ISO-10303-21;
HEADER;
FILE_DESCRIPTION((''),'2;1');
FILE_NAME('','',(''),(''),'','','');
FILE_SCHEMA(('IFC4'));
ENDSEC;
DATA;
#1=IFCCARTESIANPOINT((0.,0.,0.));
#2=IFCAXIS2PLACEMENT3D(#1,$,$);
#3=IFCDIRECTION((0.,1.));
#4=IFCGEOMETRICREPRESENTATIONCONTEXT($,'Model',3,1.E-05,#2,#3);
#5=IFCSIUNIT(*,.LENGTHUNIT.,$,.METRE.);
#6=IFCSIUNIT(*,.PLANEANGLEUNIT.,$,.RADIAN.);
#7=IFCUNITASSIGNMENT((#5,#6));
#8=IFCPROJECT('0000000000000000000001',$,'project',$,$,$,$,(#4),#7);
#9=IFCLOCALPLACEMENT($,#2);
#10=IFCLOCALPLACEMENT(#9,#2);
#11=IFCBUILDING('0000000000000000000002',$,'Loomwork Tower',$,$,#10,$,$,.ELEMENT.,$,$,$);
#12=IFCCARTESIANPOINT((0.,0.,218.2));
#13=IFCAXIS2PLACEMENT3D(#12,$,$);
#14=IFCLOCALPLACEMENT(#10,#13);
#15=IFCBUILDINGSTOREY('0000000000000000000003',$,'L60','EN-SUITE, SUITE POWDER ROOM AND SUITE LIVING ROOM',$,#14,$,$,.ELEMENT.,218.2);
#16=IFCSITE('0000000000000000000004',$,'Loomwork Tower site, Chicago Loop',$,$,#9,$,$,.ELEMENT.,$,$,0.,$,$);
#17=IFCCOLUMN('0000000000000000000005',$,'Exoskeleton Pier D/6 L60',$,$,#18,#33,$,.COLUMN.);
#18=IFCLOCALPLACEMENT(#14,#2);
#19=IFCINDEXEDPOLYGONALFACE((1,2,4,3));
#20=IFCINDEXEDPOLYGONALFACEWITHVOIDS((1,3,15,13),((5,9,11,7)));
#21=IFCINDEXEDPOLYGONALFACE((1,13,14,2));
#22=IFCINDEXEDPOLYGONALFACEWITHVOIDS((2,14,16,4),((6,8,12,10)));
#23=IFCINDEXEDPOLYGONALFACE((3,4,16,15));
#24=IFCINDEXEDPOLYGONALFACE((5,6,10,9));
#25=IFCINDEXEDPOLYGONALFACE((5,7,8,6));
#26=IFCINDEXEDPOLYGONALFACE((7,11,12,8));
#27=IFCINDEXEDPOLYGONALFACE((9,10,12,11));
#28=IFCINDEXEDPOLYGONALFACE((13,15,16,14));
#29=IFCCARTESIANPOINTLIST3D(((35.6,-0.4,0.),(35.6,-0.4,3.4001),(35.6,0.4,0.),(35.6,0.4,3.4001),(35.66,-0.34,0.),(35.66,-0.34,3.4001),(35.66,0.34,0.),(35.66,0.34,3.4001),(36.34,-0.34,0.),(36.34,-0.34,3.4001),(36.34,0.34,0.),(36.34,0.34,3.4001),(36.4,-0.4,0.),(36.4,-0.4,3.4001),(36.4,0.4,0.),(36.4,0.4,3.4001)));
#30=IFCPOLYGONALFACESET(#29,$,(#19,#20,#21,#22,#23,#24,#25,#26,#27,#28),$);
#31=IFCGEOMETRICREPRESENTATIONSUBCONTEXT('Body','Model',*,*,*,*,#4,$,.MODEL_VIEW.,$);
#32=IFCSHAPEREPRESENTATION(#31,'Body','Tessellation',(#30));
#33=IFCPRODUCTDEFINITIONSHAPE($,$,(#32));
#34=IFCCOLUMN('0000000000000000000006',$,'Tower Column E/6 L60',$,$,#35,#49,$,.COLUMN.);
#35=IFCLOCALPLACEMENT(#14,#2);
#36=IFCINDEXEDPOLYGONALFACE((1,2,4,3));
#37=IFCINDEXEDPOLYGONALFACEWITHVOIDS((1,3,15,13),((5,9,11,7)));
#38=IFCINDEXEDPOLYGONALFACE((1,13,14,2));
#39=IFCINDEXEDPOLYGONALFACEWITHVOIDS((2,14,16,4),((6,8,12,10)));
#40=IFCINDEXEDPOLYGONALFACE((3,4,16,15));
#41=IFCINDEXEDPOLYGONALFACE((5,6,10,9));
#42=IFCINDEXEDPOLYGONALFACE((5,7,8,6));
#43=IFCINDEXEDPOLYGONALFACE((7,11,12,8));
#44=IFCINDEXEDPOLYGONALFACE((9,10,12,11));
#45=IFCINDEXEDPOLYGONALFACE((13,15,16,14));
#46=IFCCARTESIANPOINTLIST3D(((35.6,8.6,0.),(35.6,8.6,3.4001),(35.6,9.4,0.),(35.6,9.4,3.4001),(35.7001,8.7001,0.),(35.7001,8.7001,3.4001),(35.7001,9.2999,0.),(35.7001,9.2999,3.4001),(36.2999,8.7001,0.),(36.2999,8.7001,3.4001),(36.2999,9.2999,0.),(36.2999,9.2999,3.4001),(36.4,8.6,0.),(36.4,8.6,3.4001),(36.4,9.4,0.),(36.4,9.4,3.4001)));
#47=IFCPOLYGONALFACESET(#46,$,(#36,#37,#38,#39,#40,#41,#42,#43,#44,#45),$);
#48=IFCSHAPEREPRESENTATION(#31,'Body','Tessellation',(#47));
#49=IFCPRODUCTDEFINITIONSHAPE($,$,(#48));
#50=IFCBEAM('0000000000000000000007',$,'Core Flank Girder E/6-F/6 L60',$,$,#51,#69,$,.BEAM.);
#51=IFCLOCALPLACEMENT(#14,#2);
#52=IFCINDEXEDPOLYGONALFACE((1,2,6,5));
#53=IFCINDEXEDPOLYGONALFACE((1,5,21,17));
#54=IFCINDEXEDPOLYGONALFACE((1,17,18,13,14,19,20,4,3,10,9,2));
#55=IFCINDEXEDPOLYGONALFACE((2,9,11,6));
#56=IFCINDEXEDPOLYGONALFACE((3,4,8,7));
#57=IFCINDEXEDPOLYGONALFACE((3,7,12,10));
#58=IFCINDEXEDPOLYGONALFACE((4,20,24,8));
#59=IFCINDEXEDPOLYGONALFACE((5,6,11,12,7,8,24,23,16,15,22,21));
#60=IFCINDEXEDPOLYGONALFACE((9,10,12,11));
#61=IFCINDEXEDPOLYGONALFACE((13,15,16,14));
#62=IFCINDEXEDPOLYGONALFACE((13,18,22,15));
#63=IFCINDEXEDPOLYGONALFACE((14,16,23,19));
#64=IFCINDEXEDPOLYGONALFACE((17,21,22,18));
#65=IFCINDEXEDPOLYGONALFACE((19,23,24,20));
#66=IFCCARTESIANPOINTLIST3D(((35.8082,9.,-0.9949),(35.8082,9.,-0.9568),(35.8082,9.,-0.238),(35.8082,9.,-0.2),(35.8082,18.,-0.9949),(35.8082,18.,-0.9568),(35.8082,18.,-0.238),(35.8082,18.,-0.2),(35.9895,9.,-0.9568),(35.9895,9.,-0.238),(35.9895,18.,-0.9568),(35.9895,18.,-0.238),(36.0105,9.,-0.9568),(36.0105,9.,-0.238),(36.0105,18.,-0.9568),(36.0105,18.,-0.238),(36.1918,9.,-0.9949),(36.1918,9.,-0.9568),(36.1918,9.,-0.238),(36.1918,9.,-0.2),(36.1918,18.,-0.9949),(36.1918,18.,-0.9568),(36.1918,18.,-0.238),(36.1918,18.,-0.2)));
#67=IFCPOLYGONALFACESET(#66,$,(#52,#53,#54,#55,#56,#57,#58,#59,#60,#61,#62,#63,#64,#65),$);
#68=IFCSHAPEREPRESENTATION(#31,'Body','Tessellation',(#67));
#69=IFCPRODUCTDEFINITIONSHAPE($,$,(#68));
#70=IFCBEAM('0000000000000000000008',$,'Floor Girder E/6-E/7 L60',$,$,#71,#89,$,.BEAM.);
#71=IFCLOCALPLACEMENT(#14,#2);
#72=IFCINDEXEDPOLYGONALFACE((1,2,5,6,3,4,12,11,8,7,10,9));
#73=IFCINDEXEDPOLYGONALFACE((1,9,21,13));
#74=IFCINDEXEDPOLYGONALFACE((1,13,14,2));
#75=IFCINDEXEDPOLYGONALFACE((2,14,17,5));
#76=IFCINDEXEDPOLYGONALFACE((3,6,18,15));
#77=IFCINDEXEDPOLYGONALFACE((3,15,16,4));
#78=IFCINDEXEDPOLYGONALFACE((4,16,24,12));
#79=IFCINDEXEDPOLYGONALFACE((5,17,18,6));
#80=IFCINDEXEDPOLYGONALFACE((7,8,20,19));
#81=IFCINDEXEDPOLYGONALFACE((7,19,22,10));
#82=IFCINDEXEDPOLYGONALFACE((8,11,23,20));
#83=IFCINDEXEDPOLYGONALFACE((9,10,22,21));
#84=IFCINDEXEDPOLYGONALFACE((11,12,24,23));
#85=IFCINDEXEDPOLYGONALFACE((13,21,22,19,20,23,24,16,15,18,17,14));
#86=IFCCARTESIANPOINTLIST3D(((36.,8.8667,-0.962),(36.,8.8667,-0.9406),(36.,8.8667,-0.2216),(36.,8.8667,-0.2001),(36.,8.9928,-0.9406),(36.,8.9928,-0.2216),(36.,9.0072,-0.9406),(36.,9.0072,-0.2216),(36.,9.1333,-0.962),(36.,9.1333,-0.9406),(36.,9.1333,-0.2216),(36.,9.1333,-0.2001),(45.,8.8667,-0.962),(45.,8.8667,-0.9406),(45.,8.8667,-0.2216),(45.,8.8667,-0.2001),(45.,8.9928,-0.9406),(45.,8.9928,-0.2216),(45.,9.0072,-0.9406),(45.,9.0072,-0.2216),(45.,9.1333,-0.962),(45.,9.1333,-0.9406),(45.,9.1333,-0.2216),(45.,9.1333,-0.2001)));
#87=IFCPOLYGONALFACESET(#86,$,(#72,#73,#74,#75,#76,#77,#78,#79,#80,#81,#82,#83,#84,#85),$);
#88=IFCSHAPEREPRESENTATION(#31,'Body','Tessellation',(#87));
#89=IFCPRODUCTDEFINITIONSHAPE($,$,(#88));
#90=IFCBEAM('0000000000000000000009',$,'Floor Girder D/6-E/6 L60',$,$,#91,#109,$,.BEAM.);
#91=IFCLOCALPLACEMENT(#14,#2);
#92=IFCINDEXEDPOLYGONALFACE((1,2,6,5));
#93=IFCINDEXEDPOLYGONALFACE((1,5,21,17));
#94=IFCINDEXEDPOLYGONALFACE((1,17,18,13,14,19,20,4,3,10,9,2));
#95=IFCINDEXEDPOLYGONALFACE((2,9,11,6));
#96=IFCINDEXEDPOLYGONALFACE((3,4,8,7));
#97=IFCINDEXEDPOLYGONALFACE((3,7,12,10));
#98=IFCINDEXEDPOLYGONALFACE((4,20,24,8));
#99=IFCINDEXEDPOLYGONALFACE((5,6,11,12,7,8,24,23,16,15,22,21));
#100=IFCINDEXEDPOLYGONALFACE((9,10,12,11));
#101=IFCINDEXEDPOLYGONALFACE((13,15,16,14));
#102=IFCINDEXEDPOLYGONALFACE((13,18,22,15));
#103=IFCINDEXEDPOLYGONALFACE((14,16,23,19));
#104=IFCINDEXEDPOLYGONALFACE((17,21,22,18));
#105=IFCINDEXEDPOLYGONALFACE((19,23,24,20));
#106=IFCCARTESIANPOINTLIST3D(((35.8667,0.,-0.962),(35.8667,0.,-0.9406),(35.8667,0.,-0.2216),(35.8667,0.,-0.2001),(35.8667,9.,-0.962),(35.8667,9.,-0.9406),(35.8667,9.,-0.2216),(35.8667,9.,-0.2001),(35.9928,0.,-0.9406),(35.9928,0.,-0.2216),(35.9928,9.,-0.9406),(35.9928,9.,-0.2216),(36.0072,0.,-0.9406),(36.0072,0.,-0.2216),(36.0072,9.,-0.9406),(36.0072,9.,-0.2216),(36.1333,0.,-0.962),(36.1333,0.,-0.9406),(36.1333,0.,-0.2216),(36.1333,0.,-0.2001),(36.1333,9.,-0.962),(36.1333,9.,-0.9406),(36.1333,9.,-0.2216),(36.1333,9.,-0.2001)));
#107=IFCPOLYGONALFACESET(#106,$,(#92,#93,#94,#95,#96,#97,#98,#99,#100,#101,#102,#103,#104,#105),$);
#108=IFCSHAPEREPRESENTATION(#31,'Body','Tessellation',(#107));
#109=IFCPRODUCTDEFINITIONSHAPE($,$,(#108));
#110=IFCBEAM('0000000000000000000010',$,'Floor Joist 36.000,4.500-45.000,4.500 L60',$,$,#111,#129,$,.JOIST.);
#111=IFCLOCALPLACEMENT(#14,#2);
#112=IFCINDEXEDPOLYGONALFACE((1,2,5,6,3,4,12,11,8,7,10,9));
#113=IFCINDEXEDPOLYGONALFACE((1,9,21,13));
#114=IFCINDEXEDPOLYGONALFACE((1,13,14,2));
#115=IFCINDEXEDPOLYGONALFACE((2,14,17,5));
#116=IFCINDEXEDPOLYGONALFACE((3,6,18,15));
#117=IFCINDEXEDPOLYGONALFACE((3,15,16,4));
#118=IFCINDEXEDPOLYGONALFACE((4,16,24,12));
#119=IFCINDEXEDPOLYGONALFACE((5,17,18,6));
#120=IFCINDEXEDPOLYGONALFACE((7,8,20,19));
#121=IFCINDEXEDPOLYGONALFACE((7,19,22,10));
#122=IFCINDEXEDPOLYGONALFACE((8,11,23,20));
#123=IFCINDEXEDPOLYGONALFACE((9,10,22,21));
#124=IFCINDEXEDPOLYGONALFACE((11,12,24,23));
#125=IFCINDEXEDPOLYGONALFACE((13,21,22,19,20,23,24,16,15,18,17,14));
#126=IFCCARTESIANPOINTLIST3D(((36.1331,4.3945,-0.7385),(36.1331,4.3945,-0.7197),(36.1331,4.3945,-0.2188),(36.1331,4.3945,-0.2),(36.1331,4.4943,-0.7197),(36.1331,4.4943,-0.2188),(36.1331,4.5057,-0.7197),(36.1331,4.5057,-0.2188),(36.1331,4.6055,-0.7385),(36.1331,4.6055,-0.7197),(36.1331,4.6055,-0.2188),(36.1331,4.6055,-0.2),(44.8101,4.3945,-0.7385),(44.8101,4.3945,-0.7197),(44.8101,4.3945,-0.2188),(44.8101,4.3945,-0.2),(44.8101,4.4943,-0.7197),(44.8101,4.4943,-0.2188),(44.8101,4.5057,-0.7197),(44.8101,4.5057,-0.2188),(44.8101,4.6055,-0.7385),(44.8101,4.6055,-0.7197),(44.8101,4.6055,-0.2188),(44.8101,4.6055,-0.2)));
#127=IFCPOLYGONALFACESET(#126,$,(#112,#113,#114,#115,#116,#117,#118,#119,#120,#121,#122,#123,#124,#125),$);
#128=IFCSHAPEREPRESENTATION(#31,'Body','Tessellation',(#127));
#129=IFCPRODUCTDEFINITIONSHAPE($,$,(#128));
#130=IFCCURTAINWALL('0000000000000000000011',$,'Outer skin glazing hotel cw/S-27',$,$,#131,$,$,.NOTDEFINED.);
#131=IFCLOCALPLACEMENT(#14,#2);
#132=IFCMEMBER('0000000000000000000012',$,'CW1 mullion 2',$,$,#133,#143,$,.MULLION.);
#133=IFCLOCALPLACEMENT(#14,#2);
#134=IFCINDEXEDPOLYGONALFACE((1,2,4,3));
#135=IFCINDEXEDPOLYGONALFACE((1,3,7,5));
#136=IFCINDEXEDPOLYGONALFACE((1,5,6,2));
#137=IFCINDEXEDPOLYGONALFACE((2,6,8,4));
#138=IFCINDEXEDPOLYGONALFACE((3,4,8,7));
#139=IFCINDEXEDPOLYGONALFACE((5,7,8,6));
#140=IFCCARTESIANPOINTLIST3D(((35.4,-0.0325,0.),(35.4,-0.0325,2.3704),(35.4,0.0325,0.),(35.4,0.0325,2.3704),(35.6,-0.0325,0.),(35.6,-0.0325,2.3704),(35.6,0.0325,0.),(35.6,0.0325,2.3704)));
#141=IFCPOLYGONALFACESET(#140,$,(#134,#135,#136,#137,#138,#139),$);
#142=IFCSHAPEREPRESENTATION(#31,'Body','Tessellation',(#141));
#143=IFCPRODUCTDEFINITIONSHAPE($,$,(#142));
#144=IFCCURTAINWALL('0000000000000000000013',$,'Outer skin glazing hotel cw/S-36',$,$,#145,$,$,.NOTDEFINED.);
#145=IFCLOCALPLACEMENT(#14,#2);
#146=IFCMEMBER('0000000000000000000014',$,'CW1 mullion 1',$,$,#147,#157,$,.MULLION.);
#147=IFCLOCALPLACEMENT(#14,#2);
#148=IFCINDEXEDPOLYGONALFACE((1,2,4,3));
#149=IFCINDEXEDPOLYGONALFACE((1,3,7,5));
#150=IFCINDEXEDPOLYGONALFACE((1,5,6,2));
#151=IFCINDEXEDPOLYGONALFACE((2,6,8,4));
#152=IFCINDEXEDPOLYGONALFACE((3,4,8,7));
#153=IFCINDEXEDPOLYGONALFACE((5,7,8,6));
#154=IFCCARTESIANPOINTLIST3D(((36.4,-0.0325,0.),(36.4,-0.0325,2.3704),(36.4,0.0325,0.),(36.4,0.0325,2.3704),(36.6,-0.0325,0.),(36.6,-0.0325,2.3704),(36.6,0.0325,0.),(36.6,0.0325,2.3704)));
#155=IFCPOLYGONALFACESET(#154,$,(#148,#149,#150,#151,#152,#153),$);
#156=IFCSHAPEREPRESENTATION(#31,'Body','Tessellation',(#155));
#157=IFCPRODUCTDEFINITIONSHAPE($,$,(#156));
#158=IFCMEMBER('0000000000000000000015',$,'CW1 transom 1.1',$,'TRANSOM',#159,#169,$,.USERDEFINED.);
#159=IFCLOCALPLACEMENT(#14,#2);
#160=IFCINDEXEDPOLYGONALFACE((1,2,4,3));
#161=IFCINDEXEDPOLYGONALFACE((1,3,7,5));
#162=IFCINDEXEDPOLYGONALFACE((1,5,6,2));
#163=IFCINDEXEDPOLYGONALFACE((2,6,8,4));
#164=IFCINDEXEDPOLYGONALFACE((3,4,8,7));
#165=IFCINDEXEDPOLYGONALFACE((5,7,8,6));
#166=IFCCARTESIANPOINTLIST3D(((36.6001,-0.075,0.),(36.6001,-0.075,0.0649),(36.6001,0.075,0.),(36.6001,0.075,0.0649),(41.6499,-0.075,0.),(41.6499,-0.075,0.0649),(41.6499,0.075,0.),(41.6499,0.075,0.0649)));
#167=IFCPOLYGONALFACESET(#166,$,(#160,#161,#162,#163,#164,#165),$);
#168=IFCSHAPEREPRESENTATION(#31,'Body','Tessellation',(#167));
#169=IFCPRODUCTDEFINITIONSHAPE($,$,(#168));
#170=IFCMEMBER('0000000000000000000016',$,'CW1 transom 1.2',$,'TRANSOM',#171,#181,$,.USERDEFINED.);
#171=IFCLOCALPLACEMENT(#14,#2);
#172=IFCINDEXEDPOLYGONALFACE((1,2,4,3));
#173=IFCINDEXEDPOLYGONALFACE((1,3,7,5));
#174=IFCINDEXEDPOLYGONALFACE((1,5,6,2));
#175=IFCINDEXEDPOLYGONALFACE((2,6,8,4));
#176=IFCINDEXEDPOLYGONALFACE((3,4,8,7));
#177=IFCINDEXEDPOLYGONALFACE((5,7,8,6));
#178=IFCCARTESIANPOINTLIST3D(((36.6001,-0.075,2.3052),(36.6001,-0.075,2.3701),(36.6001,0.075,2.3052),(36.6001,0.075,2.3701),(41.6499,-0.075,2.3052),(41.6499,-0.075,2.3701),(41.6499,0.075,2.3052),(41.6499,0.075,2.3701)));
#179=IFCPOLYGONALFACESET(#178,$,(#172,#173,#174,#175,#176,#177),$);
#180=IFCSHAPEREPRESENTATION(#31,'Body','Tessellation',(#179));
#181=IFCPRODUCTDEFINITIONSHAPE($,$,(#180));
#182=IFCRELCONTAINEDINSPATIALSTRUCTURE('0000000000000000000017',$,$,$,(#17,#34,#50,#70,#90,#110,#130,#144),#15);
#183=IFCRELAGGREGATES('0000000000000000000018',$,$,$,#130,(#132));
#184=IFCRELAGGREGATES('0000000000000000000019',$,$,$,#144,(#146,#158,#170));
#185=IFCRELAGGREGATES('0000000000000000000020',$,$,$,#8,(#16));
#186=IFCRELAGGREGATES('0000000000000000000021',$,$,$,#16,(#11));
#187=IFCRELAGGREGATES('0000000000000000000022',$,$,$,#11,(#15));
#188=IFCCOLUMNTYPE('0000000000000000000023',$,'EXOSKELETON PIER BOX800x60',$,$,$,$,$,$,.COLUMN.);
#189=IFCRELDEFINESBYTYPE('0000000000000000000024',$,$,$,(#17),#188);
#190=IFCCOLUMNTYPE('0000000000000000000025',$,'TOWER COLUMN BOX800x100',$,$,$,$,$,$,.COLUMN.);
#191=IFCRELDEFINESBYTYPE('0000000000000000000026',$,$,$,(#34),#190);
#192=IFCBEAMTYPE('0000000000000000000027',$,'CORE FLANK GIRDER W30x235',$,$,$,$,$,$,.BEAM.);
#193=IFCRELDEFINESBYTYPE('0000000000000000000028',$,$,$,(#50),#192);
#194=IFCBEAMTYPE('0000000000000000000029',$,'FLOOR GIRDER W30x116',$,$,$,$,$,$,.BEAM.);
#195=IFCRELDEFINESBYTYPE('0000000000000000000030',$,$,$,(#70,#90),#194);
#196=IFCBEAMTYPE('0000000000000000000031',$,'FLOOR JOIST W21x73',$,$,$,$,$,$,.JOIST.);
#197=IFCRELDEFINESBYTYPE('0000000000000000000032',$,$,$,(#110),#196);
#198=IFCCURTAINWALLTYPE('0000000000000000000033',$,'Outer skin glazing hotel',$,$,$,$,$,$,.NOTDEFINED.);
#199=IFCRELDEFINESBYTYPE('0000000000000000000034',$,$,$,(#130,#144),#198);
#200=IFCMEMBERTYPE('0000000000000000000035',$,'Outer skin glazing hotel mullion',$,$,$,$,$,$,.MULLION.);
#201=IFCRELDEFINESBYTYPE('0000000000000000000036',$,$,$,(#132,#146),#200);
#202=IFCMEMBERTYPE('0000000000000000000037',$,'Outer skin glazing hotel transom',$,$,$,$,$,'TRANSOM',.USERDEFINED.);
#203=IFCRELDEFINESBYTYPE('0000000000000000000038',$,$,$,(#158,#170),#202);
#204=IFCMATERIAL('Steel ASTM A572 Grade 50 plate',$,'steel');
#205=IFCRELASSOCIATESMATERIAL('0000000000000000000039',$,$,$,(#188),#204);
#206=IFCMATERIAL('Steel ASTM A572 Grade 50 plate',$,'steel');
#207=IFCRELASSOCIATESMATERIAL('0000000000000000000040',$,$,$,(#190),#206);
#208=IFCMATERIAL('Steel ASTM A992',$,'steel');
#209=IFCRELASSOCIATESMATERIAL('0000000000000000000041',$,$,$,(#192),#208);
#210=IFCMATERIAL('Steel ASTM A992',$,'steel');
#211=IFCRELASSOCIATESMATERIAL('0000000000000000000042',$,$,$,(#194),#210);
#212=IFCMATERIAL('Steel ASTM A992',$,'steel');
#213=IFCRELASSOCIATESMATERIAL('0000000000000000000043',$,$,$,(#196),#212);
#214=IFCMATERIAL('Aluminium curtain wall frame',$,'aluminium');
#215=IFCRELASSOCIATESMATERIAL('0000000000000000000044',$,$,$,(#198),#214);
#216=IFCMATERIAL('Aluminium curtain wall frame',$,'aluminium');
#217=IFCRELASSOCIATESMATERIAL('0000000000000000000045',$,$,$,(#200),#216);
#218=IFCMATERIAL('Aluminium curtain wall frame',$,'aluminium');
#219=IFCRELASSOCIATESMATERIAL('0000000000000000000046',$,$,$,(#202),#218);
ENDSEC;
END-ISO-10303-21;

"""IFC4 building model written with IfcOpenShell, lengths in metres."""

from ifc_helpers import new_model, si_unit, direction, frame, origin, origin_2d, place, context, subcontext, project, spatial, rectangle, hollow_rectangle, i_section, extrude, material, material_profile, profile_set, type_object, element, aggregate, save


model = new_model("IFC4")

# Units and contexts
model_context = context("Model", 3, precision=1e-05, world=origin(), true_north=direction((0.0, 1.0)))
body_context = subcontext(model_context, "Body", "Model", "MODEL_VIEW")
ifc_project = project(units=[si_unit("LENGTHUNIT", "METRE"), si_unit("PLANEANGLEUNIT", "RADIAN")], contexts=[model_context])

# Site, building, storey
site_placement = place(None, origin())
site = spatial("IfcSite", under=ifc_project, at=site_placement, Name="Loomwork Tower site, Chicago Loop", CompositionType="ELEMENT", RefElevation=0.0)
building_placement = place(site_placement, origin())
building = spatial("IfcBuilding", under=site, at=building_placement, Name="Loomwork Tower", CompositionType="ELEMENT")
storey_placement = place(building_placement, frame((0.0, 0.0, 218.2)))
storey = spatial("IfcBuildingStorey", under=building, at=storey_placement, Name="L60", Description="EN-SUITE, SUITE POWDER ROOM AND SUITE LIVING ROOM", CompositionType="ELEMENT", Elevation=218.2)

# Columns
ifc_material_1 = material(Name="Steel ASTM A572 Grade 50 plate", Category="steel")
ifc_material_profile_1 = material_profile(ifc_material_1, hollow_rectangle(XDim=0.8, YDim=0.8, WallThickness=0.0601, at=origin_2d()), Name="BOX800x60")
ifc_profile_set_1 = profile_set([ifc_material_profile_1], Name="Steel ASTM A572 Grade 50 plate")
column_type_1 = type_object("IfcColumnType", Name="EXOSKELETON PIER BOX800x60", PredefinedType="COLUMN", material=ifc_profile_set_1)
column_1_placement = place(storey_placement, frame((36.0, 0.0, 0.0), z_axis=(0.0, 0.0, 1.0), x_axis=(1.0, 0.0, 0.0)))
element("IfcColumn", 1, at=column_1_placement, inside=storey, type_object=column_type_1, Name="Exoskeleton Pier D/6 L60", PredefinedType="COLUMN", context=body_context, shape_type="SweptSolid", body=[
    extrude(hollow_rectangle(XDim=0.8, YDim=0.8, WallThickness=0.0601, at=origin_2d()), origin(), (0.0, 0.0, 1.0), 3.4001),
])
ifc_material_2 = material(Name="Steel ASTM A572 Grade 50 plate", Category="steel")
ifc_material_profile_2 = material_profile(ifc_material_2, hollow_rectangle(XDim=0.8, YDim=0.8, WallThickness=0.1001, at=origin_2d()), Name="BOX800x100")
ifc_profile_set_2 = profile_set([ifc_material_profile_2], Name="Steel ASTM A572 Grade 50 plate")
column_type_2 = type_object("IfcColumnType", Name="TOWER COLUMN BOX800x100", PredefinedType="COLUMN", material=ifc_profile_set_2)
column_2_placement = place(storey_placement, frame((36.0, 9.0, 0.0), z_axis=(0.0, 0.0, 1.0), x_axis=(0.0, 1.0, 0.0)))
element("IfcColumn", 2, at=column_2_placement, inside=storey, type_object=column_type_2, Name="Tower Column E/6 L60", PredefinedType="COLUMN", context=body_context, shape_type="SweptSolid", body=[
    extrude(hollow_rectangle(XDim=0.8, YDim=0.8, WallThickness=0.1001, at=origin_2d()), origin(), (0.0, 0.0, 1.0), 3.4001),
])

# Beams
ifc_material_3 = material(Name="Steel ASTM A992", Category="steel")
ifc_material_profile_3 = material_profile(ifc_material_3, i_section(OverallWidth=0.3835, OverallDepth=0.7949, WebThickness=0.021, FlangeThickness=0.0381, at=origin_2d()), Name="W30x235")
ifc_profile_set_3 = profile_set([ifc_material_profile_3], Name="Steel ASTM A992")
beam_type_1 = type_object("IfcBeamType", Name="CORE FLANK GIRDER W30x235", PredefinedType="BEAM", material=ifc_profile_set_3)
beam_1_placement = place(storey_placement, frame((36.0, 9.0, -0.5974), z_axis=(0.0, 1.0, 0.0), x_axis=(-1.0, 0.0, 0.0)))
element("IfcBeam", 3, at=beam_1_placement, inside=storey, type_object=beam_type_1, Name="Core Flank Girder E/6-F/6 L60", PredefinedType="BEAM", context=body_context, shape_type="SweptSolid", body=[
    extrude(i_section(OverallWidth=0.3835, OverallDepth=0.7949, WebThickness=0.021, FlangeThickness=0.0381, at=origin_2d()), origin(), (0.0, 0.0, 1.0), 9.0),
])
ifc_material_4 = material(Name="Steel ASTM A992", Category="steel")
ifc_material_profile_4 = material_profile(ifc_material_4, i_section(OverallWidth=0.2666, OverallDepth=0.762, WebThickness=0.0144, FlangeThickness=0.0215, at=origin_2d()), Name="W30x116")
ifc_profile_set_4 = profile_set([ifc_material_profile_4], Name="Steel ASTM A992")
beam_type_2 = type_object("IfcBeamType", Name="FLOOR GIRDER W30x116", PredefinedType="BEAM", material=ifc_profile_set_4)
for number, where, z_axis, x_axis, name in (
    (4, (36.0, 9.0, -0.5811), (1.0, 0.0, 0.0), (0.0, 1.0, 0.0), "Floor Girder E/6-E/7 L60"),
    (5, (36.0, 0.0, -0.5811), (0.0, 1.0, 0.0), (-1.0, 0.0, 0.0), "Floor Girder D/6-E/6 L60"),
):
    element("IfcBeam", number, at=place(storey_placement, frame(where, z_axis=z_axis, x_axis=x_axis)), inside=storey, type_object=beam_type_2, Name=name, PredefinedType="BEAM", context=body_context, shape_type="SweptSolid", body=[
        extrude(i_section(OverallWidth=0.2666, OverallDepth=0.762, WebThickness=0.0144, FlangeThickness=0.0215, at=origin_2d()), origin(), (0.0, 0.0, 1.0), 9.0),
    ])
ifc_material_5 = material(Name="Steel ASTM A992", Category="steel")
ifc_material_profile_5 = material_profile(ifc_material_5, i_section(OverallWidth=0.2109, OverallDepth=0.5386, WebThickness=0.0115, FlangeThickness=0.0188, at=origin_2d()), Name="W21x73")
ifc_profile_set_5 = profile_set([ifc_material_profile_5], Name="Steel ASTM A992")
beam_type_3 = type_object("IfcBeamType", Name="FLOOR JOIST W21x73", PredefinedType="JOIST", material=ifc_profile_set_5)
beam_2_placement = place(storey_placement, frame((36.1331, 4.5, -0.4692), z_axis=(1.0, 0.0, 0.0), x_axis=(0.0, 1.0, 0.0)))
element("IfcBeam", 6, at=beam_2_placement, inside=storey, type_object=beam_type_3, Name="Floor Joist 36.000,4.500-45.000,4.500 L60", PredefinedType="JOIST", context=body_context, shape_type="SweptSolid", body=[
    extrude(i_section(OverallWidth=0.2109, OverallDepth=0.5386, WebThickness=0.0115, FlangeThickness=0.0188, at=origin_2d()), origin(), (0.0, 0.0, 1.0), 8.677),
])

# Curtain wall, member
ifc_material_6 = material(Name="Aluminium curtain wall frame", Category="aluminium")
curtain_wall_type = type_object("IfcCurtainWallType", Name="Outer skin glazing hotel", PredefinedType="NOTDEFINED", material=ifc_material_6)
curtain_wall_1_placement = place(storey_placement, origin())
curtain_wall_1 = element("IfcCurtainWall", 7, at=curtain_wall_1_placement, inside=storey, type_object=curtain_wall_type, Name="Outer skin glazing hotel cw/S-27", PredefinedType="NOTDEFINED")
ifc_material_7 = material(Name="Aluminium curtain wall frame", Category="aluminium")
ifc_material_profile_6 = material_profile(ifc_material_7, rectangle(XDim=0.0649, YDim=0.2, at=origin_2d()), Name="AL 65x200")
ifc_profile_set_6 = profile_set([ifc_material_profile_6], Name="Aluminium curtain wall frame")
member_type_1 = type_object("IfcMemberType", Name="Outer skin glazing hotel mullion", PredefinedType="MULLION", material=ifc_profile_set_6)
member_1_placement = place(storey_placement, frame((35.5, 0.0, 0.0), z_axis=(0.0, 0.0, 1.0), x_axis=(0.0, 1.0, 0.0)))
member_1 = element("IfcMember", 8, at=member_1_placement, type_object=member_type_1, Name="CW1 mullion 2", PredefinedType="MULLION", context=body_context, shape_type="SweptSolid", body=[
    extrude(rectangle(XDim=0.0649, YDim=0.2, at=origin_2d()), origin(), (0.0, 0.0, 1.0), 2.3704),
])
aggregate(curtain_wall_1, [member_1])

# Curtain wall, members
curtain_wall_2_placement = place(storey_placement, origin())
curtain_wall_2 = element("IfcCurtainWall", 9, at=curtain_wall_2_placement, inside=storey, type_object=curtain_wall_type, Name="Outer skin glazing hotel cw/S-36", PredefinedType="NOTDEFINED")
member_2_placement = place(storey_placement, frame((36.5, 0.0, 0.0), z_axis=(0.0, 0.0, 1.0), x_axis=(0.0, 1.0, 0.0)))
member_2 = element("IfcMember", 10, at=member_2_placement, type_object=member_type_1, Name="CW1 mullion 1", PredefinedType="MULLION", context=body_context, shape_type="SweptSolid", body=[
    extrude(rectangle(XDim=0.0649, YDim=0.2, at=origin_2d()), origin(), (0.0, 0.0, 1.0), 2.3704),
])
ifc_material_8 = material(Name="Aluminium curtain wall frame", Category="aluminium")
ifc_material_profile_7 = material_profile(ifc_material_8, rectangle(XDim=0.1499, YDim=0.0649, at=origin_2d()), Name="AL 65x150")
ifc_profile_set_7 = profile_set([ifc_material_profile_7], Name="Aluminium curtain wall frame")
member_type_2 = type_object("IfcMemberType", Name="Outer skin glazing hotel transom", ElementType="TRANSOM", PredefinedType="USERDEFINED", material=ifc_profile_set_7)
member_3_placement = place(storey_placement, frame((36.6001, 0.0, 0.0325), z_axis=(1.0, 0.0, 0.0), x_axis=(0.0, 1.0, 0.0)))
member_3 = element("IfcMember", 11, at=member_3_placement, type_object=member_type_2, Name="CW1 transom 1.1", ObjectType="TRANSOM", PredefinedType="USERDEFINED", context=body_context, shape_type="SweptSolid", body=[
    extrude(rectangle(XDim=0.1499, YDim=0.0649, at=origin_2d()), origin(), (0.0, 0.0, 1.0), 5.0498),
])
member_4_placement = place(storey_placement, frame((36.6001, 0.0, 2.3376), z_axis=(1.0, 0.0, 0.0), x_axis=(0.0, 1.0, 0.0)))
member_4 = element("IfcMember", 12, at=member_4_placement, type_object=member_type_2, Name="CW1 transom 1.2", ObjectType="TRANSOM", PredefinedType="USERDEFINED", context=body_context, shape_type="SweptSolid", body=[
    extrude(rectangle(XDim=0.1499, YDim=0.0649, at=origin_2d()), origin(), (0.0, 0.0, 1.0), 5.0498),
])
aggregate(curtain_wall_2, [member_2, member_3, member_4])

save(model, "model.ifc")
